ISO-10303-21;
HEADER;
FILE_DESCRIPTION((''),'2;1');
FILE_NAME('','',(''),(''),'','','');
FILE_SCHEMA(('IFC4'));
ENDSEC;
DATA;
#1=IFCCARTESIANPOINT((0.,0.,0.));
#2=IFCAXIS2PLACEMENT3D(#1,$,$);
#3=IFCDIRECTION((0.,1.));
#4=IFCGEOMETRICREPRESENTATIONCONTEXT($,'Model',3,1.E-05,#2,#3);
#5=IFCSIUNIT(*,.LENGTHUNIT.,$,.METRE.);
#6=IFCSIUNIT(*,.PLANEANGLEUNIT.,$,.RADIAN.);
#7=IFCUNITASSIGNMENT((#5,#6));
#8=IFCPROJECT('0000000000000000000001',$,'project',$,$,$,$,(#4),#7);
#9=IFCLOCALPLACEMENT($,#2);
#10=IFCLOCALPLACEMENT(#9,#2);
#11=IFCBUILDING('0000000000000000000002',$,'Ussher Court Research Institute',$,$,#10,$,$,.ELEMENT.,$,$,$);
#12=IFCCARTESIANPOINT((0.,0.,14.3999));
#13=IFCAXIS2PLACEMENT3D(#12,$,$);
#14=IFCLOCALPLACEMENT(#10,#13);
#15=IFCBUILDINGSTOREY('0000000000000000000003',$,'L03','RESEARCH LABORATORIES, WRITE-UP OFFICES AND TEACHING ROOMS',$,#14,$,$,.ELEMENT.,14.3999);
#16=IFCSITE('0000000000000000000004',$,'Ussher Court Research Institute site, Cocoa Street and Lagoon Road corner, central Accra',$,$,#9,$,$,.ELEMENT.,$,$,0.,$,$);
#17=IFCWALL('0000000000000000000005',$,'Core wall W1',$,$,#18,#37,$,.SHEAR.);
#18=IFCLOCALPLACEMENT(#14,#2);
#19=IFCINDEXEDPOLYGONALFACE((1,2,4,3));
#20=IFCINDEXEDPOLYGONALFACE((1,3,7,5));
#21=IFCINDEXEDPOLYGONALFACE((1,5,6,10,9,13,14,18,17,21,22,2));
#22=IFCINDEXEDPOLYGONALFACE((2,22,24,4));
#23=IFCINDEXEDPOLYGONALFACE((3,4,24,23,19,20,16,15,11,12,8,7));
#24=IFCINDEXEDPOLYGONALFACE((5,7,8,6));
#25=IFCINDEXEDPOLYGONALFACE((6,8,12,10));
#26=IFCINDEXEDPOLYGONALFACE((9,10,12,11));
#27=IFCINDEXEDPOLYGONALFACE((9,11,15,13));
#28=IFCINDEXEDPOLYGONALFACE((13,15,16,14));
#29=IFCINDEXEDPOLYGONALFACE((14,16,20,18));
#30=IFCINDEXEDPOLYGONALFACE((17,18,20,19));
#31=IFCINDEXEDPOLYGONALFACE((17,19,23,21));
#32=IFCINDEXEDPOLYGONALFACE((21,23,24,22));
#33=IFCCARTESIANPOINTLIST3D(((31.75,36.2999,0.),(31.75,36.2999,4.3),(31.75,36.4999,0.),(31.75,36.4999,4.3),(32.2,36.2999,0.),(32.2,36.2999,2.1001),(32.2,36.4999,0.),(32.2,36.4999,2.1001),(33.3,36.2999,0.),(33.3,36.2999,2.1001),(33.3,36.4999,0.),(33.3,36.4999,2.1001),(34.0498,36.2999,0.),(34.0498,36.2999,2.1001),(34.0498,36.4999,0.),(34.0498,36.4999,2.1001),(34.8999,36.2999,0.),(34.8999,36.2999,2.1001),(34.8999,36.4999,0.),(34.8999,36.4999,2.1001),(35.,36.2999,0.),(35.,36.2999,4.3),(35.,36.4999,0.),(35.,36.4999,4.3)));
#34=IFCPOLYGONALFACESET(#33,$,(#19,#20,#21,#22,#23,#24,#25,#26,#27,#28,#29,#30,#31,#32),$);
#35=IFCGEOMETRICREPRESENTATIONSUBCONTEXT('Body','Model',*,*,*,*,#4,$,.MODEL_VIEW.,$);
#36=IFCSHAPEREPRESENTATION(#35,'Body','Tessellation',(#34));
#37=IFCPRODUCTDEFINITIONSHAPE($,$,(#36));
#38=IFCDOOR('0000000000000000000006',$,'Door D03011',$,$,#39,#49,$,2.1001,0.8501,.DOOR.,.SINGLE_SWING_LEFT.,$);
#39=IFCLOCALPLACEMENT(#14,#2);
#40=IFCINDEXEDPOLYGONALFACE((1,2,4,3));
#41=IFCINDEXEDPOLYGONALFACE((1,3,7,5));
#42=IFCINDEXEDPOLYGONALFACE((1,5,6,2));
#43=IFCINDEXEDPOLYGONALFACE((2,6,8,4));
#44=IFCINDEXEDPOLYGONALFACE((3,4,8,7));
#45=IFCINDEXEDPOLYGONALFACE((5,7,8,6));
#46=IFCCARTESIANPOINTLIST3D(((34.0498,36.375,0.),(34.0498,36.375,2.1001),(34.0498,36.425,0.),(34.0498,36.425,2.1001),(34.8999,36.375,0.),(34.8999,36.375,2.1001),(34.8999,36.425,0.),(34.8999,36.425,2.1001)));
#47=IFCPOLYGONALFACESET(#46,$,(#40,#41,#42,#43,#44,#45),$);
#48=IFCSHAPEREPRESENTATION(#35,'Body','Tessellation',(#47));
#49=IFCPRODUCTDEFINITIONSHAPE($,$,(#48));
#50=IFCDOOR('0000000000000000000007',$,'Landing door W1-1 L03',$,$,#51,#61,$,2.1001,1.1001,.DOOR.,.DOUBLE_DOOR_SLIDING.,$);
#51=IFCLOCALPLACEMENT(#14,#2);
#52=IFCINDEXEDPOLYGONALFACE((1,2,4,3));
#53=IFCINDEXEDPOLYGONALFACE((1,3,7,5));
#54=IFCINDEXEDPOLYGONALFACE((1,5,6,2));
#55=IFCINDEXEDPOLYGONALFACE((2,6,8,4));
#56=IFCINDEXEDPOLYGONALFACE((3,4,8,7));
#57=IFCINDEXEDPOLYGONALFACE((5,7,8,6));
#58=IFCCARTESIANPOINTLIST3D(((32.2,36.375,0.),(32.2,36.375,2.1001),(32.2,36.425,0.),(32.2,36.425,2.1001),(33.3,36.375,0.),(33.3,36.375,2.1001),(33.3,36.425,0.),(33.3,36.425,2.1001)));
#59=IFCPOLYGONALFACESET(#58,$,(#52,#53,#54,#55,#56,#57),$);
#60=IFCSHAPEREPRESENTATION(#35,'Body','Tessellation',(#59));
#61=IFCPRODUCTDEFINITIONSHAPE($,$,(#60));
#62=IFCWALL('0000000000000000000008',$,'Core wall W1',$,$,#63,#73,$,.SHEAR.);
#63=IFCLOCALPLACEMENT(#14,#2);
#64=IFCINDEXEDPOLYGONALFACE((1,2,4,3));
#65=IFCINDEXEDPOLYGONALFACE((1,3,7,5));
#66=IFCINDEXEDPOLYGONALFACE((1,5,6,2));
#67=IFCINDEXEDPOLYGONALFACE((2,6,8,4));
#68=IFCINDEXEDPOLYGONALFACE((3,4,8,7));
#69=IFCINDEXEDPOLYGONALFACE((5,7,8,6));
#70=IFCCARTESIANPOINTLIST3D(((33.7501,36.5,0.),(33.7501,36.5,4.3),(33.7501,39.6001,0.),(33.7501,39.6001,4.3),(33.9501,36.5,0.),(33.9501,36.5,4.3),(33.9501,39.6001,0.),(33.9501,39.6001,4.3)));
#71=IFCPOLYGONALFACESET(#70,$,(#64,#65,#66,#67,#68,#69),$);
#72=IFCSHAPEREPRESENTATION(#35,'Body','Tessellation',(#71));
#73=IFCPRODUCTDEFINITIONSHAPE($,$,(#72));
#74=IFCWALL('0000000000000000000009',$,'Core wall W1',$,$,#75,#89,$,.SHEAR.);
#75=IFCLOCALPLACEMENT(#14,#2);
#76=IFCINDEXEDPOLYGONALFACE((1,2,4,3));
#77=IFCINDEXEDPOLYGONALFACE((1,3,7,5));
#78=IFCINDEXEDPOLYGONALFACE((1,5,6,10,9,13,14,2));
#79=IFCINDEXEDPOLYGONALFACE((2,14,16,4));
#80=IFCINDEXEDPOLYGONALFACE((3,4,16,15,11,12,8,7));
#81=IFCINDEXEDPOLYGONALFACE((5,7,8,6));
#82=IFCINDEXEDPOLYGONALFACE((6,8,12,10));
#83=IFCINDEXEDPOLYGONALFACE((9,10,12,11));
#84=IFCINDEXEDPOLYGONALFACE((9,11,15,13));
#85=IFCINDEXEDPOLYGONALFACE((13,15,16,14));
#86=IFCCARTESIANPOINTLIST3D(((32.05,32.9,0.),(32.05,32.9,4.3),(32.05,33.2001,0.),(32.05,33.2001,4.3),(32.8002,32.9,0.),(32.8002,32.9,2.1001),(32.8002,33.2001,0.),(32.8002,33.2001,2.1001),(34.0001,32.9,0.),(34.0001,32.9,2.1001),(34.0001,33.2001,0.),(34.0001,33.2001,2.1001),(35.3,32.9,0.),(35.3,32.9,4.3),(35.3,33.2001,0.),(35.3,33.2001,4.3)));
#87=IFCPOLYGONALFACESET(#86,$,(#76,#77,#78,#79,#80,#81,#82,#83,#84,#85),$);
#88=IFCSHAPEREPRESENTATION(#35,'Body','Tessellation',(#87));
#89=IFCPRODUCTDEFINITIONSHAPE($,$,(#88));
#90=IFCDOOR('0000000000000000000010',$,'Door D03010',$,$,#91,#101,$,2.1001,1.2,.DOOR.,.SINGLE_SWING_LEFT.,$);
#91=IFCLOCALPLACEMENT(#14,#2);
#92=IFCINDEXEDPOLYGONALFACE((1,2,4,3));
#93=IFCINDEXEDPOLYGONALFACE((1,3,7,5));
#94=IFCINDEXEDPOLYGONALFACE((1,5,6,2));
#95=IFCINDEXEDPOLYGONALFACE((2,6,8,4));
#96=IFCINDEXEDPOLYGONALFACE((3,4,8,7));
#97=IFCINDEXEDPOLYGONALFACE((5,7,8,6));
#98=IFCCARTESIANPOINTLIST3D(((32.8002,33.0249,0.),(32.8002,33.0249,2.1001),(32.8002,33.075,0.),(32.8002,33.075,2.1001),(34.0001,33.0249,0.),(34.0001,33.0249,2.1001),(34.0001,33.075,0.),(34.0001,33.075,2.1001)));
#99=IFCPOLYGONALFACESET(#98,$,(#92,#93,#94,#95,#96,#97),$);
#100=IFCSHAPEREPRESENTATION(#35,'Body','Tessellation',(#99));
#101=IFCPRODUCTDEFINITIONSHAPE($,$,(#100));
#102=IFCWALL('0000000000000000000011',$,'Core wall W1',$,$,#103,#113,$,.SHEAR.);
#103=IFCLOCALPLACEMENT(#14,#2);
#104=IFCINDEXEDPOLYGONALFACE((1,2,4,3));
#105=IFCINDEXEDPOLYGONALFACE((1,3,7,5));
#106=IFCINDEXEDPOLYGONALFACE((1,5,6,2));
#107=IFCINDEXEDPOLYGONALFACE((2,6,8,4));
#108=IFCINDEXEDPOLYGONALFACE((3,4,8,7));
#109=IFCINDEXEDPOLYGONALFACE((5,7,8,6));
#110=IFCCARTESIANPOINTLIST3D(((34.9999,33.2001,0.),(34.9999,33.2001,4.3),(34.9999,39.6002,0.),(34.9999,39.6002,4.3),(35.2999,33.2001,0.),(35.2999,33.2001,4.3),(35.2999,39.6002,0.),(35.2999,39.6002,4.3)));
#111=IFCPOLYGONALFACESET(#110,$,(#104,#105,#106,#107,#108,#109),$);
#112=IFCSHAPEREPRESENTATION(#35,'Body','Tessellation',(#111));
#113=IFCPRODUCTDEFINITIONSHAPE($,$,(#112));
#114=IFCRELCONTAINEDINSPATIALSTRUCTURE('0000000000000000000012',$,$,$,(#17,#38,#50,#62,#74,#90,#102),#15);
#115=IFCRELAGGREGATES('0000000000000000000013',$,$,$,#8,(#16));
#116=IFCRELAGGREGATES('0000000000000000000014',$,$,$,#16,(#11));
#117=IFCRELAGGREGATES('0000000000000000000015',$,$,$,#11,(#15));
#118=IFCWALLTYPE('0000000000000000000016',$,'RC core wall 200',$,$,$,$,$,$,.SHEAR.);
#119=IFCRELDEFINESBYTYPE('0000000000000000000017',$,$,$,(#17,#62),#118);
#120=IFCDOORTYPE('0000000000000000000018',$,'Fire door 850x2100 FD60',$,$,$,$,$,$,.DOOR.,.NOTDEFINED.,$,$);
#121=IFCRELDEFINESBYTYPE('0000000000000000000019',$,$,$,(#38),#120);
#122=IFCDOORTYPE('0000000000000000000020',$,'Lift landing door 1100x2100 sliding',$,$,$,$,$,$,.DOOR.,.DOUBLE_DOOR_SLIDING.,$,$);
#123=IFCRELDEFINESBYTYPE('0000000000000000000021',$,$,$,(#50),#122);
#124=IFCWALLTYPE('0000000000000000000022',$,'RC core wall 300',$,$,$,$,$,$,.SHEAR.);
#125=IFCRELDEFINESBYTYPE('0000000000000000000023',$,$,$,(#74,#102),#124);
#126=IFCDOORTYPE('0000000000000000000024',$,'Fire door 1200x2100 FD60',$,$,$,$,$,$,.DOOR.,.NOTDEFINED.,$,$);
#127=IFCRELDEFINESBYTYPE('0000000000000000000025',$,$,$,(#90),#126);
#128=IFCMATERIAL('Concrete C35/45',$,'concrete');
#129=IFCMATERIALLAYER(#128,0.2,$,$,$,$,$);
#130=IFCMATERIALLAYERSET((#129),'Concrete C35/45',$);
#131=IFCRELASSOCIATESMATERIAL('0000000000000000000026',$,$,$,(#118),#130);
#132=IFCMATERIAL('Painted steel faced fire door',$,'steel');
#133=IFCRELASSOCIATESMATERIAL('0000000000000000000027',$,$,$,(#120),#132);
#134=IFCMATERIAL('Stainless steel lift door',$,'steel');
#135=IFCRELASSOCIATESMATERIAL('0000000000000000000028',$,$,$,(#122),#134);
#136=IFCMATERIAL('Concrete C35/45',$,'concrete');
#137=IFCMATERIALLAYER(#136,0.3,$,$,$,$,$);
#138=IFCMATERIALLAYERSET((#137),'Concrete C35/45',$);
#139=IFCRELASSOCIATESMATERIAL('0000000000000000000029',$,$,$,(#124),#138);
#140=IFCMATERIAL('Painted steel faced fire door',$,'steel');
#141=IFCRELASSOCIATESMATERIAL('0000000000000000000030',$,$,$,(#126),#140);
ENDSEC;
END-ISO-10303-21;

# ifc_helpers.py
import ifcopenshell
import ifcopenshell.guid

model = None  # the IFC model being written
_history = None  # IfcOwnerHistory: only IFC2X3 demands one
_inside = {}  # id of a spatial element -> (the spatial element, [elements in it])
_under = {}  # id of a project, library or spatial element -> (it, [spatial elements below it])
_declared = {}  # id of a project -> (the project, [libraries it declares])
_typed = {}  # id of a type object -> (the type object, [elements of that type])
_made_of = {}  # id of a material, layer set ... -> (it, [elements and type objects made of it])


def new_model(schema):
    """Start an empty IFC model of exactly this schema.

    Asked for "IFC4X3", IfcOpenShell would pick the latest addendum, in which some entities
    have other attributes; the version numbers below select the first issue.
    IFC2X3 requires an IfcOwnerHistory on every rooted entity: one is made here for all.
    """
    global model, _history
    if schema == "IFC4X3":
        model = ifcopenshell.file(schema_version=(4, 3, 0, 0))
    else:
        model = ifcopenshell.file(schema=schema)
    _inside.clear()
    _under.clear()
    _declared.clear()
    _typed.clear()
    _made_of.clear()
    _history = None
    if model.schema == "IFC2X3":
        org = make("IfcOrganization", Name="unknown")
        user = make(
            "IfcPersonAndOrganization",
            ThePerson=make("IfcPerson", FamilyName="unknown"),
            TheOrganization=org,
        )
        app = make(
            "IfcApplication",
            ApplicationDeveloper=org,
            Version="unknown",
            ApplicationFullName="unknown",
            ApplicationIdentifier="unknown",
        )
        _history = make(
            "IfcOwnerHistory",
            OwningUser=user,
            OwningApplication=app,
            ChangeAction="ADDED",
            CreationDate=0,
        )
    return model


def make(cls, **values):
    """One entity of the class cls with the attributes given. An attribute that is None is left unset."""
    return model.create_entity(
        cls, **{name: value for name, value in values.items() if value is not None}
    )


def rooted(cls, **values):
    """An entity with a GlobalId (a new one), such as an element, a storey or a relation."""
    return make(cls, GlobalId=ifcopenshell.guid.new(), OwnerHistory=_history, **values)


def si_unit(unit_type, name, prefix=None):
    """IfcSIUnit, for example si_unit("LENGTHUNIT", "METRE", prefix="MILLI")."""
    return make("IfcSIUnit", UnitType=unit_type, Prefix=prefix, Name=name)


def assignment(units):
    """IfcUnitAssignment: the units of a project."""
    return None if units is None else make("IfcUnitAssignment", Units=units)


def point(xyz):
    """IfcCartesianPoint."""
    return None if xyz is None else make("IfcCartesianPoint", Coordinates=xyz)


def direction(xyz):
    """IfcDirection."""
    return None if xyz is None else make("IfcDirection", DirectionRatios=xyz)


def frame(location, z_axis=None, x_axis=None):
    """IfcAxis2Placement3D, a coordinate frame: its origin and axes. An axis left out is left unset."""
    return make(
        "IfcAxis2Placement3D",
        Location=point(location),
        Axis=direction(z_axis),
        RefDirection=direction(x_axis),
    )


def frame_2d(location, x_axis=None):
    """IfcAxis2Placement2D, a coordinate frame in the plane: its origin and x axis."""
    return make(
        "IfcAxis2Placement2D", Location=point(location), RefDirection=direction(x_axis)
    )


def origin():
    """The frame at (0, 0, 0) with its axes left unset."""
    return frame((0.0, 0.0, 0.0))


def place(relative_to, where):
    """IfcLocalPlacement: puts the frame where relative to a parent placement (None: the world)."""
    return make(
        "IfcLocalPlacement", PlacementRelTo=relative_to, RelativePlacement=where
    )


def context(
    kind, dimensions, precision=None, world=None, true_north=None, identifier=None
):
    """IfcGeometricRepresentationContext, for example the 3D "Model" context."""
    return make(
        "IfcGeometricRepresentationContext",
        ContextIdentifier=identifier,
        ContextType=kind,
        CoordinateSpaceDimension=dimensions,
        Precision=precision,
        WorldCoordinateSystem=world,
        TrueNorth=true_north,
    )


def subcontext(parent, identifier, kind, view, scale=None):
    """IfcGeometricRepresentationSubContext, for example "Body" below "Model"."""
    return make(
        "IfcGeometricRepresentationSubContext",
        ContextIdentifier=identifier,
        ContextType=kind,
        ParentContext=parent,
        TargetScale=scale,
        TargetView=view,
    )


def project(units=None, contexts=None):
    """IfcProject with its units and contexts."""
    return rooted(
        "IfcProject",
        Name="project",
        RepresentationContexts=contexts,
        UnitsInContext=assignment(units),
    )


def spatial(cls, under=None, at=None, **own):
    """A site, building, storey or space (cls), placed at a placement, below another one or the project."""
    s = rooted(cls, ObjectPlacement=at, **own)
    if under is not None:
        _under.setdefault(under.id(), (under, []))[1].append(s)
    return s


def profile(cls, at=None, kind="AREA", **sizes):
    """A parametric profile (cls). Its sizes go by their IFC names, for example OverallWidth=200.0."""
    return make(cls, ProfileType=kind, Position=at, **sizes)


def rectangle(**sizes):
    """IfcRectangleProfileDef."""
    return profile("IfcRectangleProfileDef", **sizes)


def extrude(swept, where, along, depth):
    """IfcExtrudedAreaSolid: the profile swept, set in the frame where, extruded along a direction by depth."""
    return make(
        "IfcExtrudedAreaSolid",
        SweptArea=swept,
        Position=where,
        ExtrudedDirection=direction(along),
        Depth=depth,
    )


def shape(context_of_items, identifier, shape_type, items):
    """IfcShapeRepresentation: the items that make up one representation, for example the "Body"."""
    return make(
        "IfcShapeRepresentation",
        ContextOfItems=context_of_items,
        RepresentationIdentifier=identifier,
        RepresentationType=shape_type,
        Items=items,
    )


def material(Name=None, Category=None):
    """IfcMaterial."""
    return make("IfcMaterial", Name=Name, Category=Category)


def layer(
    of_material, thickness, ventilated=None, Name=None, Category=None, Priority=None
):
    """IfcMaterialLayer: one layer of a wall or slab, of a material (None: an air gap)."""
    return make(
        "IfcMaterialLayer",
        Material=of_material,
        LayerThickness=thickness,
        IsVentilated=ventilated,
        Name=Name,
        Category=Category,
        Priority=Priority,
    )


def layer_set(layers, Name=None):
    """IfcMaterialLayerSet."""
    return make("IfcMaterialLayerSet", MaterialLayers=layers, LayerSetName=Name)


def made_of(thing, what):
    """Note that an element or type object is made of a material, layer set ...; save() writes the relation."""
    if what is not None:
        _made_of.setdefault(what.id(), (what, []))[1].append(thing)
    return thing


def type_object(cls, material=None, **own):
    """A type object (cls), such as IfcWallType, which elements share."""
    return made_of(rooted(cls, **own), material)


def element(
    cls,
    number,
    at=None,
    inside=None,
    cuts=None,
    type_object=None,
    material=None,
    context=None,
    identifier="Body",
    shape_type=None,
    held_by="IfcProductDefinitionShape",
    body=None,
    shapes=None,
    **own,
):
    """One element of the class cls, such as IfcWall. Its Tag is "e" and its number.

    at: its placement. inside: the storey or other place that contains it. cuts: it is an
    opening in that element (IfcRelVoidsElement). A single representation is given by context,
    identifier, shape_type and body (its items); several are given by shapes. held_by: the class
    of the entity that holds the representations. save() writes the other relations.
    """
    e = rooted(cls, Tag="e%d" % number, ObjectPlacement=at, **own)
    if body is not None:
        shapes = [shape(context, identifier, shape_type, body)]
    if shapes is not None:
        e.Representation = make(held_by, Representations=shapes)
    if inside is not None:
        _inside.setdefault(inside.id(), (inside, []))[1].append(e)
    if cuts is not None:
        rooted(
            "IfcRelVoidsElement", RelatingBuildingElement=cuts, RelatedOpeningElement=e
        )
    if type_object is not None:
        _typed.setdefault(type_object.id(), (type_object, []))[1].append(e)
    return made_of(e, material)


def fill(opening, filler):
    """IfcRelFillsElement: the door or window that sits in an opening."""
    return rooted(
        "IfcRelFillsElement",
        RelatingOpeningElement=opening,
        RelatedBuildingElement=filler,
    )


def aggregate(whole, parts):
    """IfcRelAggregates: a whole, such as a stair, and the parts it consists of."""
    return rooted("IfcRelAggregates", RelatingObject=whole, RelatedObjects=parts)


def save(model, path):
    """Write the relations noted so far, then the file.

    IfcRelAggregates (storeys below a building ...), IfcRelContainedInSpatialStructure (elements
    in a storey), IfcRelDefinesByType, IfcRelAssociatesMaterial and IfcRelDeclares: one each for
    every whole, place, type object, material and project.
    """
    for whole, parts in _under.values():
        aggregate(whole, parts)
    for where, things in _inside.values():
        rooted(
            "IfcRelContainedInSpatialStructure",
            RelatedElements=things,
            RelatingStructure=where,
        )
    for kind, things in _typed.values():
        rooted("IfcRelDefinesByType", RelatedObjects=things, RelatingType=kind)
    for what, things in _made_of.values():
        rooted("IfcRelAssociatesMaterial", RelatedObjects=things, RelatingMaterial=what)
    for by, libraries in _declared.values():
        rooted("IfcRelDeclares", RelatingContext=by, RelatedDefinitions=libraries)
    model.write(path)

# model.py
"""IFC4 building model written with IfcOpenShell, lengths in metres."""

from ifc_helpers import new_model, si_unit, direction, frame, frame_2d, origin, place, context, subcontext, project, spatial, rectangle, extrude, material, layer, layer_set, type_object, element, fill, save


model = new_model("IFC4")

# Units and contexts
model_context = context("Model", 3, precision=1e-05, world=origin(), true_north=direction((0.0, 1.0)))
body_context = subcontext(model_context, "Body", "Model", "MODEL_VIEW")
ifc_project = project(units=[si_unit("LENGTHUNIT", "METRE"), si_unit("PLANEANGLEUNIT", "RADIAN")], contexts=[model_context])

# Site, building, storey
site_placement = place(None, origin())
site = spatial("IfcSite", under=ifc_project, at=site_placement, Name="Ussher Court Research Institute site, Cocoa Street and Lagoon Road corner, central Accra", CompositionType="ELEMENT", RefElevation=0.0)
building_placement = place(site_placement, origin())
building = spatial("IfcBuilding", under=site, at=building_placement, Name="Ussher Court Research Institute", CompositionType="ELEMENT")
storey_placement = place(building_placement, frame((0.0, 0.0, 14.3999)))
storey = spatial("IfcBuildingStorey", under=building, at=storey_placement, Name="L03", Description="RESEARCH LABORATORIES, WRITE-UP OFFICES AND TEACHING ROOMS", CompositionType="ELEMENT", Elevation=14.3999)

# Shared definitions
ifc_material_1 = material(Name="Concrete C35/45", Category="concrete")
ifc_layer_1 = layer(ifc_material_1, 0.2)
ifc_layer_set_1 = layer_set([ifc_layer_1], Name="Concrete C35/45")
wall_type_1 = type_object("IfcWallType", Name="RC core wall 200", PredefinedType="SHEAR", material=ifc_layer_set_1)

# Wall, openings, doors
wall_1_placement = place(storey_placement, frame((35.0, 36.3999, 0.0), z_axis=(0.0, 0.0, 1.0), x_axis=(-1.0, 0.0, 0.0)))
wall_1 = element("IfcWall", 1, at=wall_1_placement, inside=storey, type_object=wall_type_1, Name="Core wall W1", PredefinedType="SHEAR", context=body_context, shape_type="SweptSolid", body=[
    extrude(rectangle(XDim=3.25, YDim=0.2, at=frame_2d((1.625, 0.0))), origin(), (0.0, 0.0, 1.0), 4.3),
])
opening_1_placement = place(wall_1_placement, frame((1.7, 0.0, 0.0)))
opening_1 = element("IfcOpeningElement", 2, at=opening_1_placement, cuts=wall_1, PredefinedType="OPENING", context=body_context, shape_type="SweptSolid", body=[
    extrude(rectangle(XDim=1.1001, YDim=2.1001, at=frame_2d((0.55, 1.05))), frame((0.0, 0.1099, 0.0), z_axis=(0.0, -1.0, 0.0), x_axis=(1.0, 0.0, 0.0)), (0.0, 0.0, 1.0), 0.22),
])
opening_2_placement = place(wall_1_placement, frame((0.1001, 0.0, 0.0)))
opening_2 = element("IfcOpeningElement", 3, at=opening_2_placement, cuts=wall_1, PredefinedType="OPENING", context=body_context, shape_type="SweptSolid", body=[
    extrude(rectangle(XDim=0.8501, YDim=2.1001, at=frame_2d((0.425, 1.05))), frame((0.0, 0.1099, 0.0), z_axis=(0.0, -1.0, 0.0), x_axis=(1.0, 0.0, 0.0)), (0.0, 0.0, 1.0), 0.22),
])
ifc_material_2 = material(Name="Painted steel faced fire door", Category="steel")
door_type_1 = type_object("IfcDoorType", Name="Fire door 850x2100 FD60", OperationType="NOTDEFINED", PredefinedType="DOOR", material=ifc_material_2)
door_1_placement = place(opening_2_placement, origin())
door_1 = element("IfcDoor", 4, at=door_1_placement, inside=storey, type_object=door_type_1, Name="Door D03011", OperationType="SINGLE_SWING_LEFT", OverallHeight=2.1001, OverallWidth=0.8501, PredefinedType="DOOR", context=body_context, shape_type="SweptSolid", body=[
    extrude(rectangle(XDim=0.8501, YDim=2.1001, at=frame_2d((0.425, 1.05))), frame((0.0, 0.0249, 0.0), z_axis=(0.0, -1.0, 0.0), x_axis=(1.0, 0.0, 0.0)), (0.0, 0.0, 1.0), 0.05),
])
fill(opening_2, door_1)
ifc_material_3 = material(Name="Stainless steel lift door", Category="steel")
door_type_2 = type_object("IfcDoorType", Name="Lift landing door 1100x2100 sliding", OperationType="DOUBLE_DOOR_SLIDING", PredefinedType="DOOR", material=ifc_material_3)
door_2_placement = place(opening_1_placement, origin())
door_2 = element("IfcDoor", 5, at=door_2_placement, inside=storey, type_object=door_type_2, Name="Landing door W1-1 L03", OperationType="DOUBLE_DOOR_SLIDING", OverallHeight=2.1001, OverallWidth=1.1001, PredefinedType="DOOR", context=body_context, shape_type="SweptSolid", body=[
    extrude(rectangle(XDim=1.1001, YDim=2.1001, at=frame_2d((0.55, 1.05))), frame((0.0, 0.0249, 0.0), z_axis=(0.0, -1.0, 0.0), x_axis=(1.0, 0.0, 0.0)), (0.0, 0.0, 1.0), 0.05),
])
fill(opening_1, door_2)

# Wall
wall_2_placement = place(storey_placement, frame((33.8501, 36.5, 0.0), z_axis=(0.0, 0.0, 1.0), x_axis=(0.0, 1.0, 0.0)))
element("IfcWall", 6, at=wall_2_placement, inside=storey, type_object=wall_type_1, Name="Core wall W1", PredefinedType="SHEAR", context=body_context, shape_type="SweptSolid", body=[
    extrude(rectangle(XDim=3.1001, YDim=0.2, at=frame_2d((1.55, 0.0))), origin(), (0.0, 0.0, 1.0), 4.3),
])

# Wall, opening, door
ifc_material_4 = material(Name="Concrete C35/45", Category="concrete")
ifc_layer_2 = layer(ifc_material_4, 0.3)
ifc_layer_set_2 = layer_set([ifc_layer_2], Name="Concrete C35/45")
wall_type_2 = type_object("IfcWallType", Name="RC core wall 300", PredefinedType="SHEAR", material=ifc_layer_set_2)
wall_3_placement = place(storey_placement, frame((32.05, 33.05, 0.0), z_axis=(0.0, 0.0, 1.0), x_axis=(1.0, 0.0, 0.0)))
wall_3 = element("IfcWall", 7, at=wall_3_placement, inside=storey, type_object=wall_type_2, Name="Core wall W1", PredefinedType="SHEAR", context=body_context, shape_type="SweptSolid", body=[
    extrude(rectangle(XDim=3.25, YDim=0.3, at=frame_2d((1.625, 0.0))), origin(), (0.0, 0.0, 1.0), 4.3),
])
opening_3_placement = place(wall_3_placement, frame((0.75, 0.0, 0.0)))
opening_3 = element("IfcOpeningElement", 8, at=opening_3_placement, cuts=wall_3, PredefinedType="OPENING", context=body_context, shape_type="SweptSolid", body=[
    extrude(rectangle(XDim=1.2, YDim=2.1001, at=frame_2d((0.6001, 1.05))), frame((0.0, 0.1602, 0.0), z_axis=(0.0, -1.0, 0.0), x_axis=(1.0, 0.0, 0.0)), (0.0, 0.0, 1.0), 0.3201),
])
ifc_material_5 = material(Name="Painted steel faced fire door", Category="steel")
door_type_3 = type_object("IfcDoorType", Name="Fire door 1200x2100 FD60", OperationType="NOTDEFINED", PredefinedType="DOOR", material=ifc_material_5)
door_3_placement = place(opening_3_placement, origin())
door_3 = element("IfcDoor", 9, at=door_3_placement, inside=storey, type_object=door_type_3, Name="Door D03010", OperationType="SINGLE_SWING_LEFT", OverallHeight=2.1001, OverallWidth=1.2, PredefinedType="DOOR", context=body_context, shape_type="SweptSolid", body=[
    extrude(rectangle(XDim=1.2, YDim=2.1001, at=frame_2d((0.6001, 1.05))), frame((0.0, 0.0249, 0.0), z_axis=(0.0, -1.0, 0.0), x_axis=(1.0, 0.0, 0.0)), (0.0, 0.0, 1.0), 0.05),
])
fill(opening_3, door_3)

# Wall
wall_4_placement = place(storey_placement, frame((35.1499, 33.2, 0.0), z_axis=(0.0, 0.0, 1.0), x_axis=(0.0, 1.0, 0.0)))
element("IfcWall", 10, at=wall_4_placement, inside=storey, type_object=wall_type_2, Name="Core wall W1", PredefinedType="SHEAR", context=body_context, shape_type="SweptSolid", body=[
    extrude(rectangle(XDim=6.4001, YDim=0.3, at=frame_2d((3.2002, 0.0))), origin(), (0.0, 0.0, 1.0), 4.3),
])

save(model, "model.ifc")
